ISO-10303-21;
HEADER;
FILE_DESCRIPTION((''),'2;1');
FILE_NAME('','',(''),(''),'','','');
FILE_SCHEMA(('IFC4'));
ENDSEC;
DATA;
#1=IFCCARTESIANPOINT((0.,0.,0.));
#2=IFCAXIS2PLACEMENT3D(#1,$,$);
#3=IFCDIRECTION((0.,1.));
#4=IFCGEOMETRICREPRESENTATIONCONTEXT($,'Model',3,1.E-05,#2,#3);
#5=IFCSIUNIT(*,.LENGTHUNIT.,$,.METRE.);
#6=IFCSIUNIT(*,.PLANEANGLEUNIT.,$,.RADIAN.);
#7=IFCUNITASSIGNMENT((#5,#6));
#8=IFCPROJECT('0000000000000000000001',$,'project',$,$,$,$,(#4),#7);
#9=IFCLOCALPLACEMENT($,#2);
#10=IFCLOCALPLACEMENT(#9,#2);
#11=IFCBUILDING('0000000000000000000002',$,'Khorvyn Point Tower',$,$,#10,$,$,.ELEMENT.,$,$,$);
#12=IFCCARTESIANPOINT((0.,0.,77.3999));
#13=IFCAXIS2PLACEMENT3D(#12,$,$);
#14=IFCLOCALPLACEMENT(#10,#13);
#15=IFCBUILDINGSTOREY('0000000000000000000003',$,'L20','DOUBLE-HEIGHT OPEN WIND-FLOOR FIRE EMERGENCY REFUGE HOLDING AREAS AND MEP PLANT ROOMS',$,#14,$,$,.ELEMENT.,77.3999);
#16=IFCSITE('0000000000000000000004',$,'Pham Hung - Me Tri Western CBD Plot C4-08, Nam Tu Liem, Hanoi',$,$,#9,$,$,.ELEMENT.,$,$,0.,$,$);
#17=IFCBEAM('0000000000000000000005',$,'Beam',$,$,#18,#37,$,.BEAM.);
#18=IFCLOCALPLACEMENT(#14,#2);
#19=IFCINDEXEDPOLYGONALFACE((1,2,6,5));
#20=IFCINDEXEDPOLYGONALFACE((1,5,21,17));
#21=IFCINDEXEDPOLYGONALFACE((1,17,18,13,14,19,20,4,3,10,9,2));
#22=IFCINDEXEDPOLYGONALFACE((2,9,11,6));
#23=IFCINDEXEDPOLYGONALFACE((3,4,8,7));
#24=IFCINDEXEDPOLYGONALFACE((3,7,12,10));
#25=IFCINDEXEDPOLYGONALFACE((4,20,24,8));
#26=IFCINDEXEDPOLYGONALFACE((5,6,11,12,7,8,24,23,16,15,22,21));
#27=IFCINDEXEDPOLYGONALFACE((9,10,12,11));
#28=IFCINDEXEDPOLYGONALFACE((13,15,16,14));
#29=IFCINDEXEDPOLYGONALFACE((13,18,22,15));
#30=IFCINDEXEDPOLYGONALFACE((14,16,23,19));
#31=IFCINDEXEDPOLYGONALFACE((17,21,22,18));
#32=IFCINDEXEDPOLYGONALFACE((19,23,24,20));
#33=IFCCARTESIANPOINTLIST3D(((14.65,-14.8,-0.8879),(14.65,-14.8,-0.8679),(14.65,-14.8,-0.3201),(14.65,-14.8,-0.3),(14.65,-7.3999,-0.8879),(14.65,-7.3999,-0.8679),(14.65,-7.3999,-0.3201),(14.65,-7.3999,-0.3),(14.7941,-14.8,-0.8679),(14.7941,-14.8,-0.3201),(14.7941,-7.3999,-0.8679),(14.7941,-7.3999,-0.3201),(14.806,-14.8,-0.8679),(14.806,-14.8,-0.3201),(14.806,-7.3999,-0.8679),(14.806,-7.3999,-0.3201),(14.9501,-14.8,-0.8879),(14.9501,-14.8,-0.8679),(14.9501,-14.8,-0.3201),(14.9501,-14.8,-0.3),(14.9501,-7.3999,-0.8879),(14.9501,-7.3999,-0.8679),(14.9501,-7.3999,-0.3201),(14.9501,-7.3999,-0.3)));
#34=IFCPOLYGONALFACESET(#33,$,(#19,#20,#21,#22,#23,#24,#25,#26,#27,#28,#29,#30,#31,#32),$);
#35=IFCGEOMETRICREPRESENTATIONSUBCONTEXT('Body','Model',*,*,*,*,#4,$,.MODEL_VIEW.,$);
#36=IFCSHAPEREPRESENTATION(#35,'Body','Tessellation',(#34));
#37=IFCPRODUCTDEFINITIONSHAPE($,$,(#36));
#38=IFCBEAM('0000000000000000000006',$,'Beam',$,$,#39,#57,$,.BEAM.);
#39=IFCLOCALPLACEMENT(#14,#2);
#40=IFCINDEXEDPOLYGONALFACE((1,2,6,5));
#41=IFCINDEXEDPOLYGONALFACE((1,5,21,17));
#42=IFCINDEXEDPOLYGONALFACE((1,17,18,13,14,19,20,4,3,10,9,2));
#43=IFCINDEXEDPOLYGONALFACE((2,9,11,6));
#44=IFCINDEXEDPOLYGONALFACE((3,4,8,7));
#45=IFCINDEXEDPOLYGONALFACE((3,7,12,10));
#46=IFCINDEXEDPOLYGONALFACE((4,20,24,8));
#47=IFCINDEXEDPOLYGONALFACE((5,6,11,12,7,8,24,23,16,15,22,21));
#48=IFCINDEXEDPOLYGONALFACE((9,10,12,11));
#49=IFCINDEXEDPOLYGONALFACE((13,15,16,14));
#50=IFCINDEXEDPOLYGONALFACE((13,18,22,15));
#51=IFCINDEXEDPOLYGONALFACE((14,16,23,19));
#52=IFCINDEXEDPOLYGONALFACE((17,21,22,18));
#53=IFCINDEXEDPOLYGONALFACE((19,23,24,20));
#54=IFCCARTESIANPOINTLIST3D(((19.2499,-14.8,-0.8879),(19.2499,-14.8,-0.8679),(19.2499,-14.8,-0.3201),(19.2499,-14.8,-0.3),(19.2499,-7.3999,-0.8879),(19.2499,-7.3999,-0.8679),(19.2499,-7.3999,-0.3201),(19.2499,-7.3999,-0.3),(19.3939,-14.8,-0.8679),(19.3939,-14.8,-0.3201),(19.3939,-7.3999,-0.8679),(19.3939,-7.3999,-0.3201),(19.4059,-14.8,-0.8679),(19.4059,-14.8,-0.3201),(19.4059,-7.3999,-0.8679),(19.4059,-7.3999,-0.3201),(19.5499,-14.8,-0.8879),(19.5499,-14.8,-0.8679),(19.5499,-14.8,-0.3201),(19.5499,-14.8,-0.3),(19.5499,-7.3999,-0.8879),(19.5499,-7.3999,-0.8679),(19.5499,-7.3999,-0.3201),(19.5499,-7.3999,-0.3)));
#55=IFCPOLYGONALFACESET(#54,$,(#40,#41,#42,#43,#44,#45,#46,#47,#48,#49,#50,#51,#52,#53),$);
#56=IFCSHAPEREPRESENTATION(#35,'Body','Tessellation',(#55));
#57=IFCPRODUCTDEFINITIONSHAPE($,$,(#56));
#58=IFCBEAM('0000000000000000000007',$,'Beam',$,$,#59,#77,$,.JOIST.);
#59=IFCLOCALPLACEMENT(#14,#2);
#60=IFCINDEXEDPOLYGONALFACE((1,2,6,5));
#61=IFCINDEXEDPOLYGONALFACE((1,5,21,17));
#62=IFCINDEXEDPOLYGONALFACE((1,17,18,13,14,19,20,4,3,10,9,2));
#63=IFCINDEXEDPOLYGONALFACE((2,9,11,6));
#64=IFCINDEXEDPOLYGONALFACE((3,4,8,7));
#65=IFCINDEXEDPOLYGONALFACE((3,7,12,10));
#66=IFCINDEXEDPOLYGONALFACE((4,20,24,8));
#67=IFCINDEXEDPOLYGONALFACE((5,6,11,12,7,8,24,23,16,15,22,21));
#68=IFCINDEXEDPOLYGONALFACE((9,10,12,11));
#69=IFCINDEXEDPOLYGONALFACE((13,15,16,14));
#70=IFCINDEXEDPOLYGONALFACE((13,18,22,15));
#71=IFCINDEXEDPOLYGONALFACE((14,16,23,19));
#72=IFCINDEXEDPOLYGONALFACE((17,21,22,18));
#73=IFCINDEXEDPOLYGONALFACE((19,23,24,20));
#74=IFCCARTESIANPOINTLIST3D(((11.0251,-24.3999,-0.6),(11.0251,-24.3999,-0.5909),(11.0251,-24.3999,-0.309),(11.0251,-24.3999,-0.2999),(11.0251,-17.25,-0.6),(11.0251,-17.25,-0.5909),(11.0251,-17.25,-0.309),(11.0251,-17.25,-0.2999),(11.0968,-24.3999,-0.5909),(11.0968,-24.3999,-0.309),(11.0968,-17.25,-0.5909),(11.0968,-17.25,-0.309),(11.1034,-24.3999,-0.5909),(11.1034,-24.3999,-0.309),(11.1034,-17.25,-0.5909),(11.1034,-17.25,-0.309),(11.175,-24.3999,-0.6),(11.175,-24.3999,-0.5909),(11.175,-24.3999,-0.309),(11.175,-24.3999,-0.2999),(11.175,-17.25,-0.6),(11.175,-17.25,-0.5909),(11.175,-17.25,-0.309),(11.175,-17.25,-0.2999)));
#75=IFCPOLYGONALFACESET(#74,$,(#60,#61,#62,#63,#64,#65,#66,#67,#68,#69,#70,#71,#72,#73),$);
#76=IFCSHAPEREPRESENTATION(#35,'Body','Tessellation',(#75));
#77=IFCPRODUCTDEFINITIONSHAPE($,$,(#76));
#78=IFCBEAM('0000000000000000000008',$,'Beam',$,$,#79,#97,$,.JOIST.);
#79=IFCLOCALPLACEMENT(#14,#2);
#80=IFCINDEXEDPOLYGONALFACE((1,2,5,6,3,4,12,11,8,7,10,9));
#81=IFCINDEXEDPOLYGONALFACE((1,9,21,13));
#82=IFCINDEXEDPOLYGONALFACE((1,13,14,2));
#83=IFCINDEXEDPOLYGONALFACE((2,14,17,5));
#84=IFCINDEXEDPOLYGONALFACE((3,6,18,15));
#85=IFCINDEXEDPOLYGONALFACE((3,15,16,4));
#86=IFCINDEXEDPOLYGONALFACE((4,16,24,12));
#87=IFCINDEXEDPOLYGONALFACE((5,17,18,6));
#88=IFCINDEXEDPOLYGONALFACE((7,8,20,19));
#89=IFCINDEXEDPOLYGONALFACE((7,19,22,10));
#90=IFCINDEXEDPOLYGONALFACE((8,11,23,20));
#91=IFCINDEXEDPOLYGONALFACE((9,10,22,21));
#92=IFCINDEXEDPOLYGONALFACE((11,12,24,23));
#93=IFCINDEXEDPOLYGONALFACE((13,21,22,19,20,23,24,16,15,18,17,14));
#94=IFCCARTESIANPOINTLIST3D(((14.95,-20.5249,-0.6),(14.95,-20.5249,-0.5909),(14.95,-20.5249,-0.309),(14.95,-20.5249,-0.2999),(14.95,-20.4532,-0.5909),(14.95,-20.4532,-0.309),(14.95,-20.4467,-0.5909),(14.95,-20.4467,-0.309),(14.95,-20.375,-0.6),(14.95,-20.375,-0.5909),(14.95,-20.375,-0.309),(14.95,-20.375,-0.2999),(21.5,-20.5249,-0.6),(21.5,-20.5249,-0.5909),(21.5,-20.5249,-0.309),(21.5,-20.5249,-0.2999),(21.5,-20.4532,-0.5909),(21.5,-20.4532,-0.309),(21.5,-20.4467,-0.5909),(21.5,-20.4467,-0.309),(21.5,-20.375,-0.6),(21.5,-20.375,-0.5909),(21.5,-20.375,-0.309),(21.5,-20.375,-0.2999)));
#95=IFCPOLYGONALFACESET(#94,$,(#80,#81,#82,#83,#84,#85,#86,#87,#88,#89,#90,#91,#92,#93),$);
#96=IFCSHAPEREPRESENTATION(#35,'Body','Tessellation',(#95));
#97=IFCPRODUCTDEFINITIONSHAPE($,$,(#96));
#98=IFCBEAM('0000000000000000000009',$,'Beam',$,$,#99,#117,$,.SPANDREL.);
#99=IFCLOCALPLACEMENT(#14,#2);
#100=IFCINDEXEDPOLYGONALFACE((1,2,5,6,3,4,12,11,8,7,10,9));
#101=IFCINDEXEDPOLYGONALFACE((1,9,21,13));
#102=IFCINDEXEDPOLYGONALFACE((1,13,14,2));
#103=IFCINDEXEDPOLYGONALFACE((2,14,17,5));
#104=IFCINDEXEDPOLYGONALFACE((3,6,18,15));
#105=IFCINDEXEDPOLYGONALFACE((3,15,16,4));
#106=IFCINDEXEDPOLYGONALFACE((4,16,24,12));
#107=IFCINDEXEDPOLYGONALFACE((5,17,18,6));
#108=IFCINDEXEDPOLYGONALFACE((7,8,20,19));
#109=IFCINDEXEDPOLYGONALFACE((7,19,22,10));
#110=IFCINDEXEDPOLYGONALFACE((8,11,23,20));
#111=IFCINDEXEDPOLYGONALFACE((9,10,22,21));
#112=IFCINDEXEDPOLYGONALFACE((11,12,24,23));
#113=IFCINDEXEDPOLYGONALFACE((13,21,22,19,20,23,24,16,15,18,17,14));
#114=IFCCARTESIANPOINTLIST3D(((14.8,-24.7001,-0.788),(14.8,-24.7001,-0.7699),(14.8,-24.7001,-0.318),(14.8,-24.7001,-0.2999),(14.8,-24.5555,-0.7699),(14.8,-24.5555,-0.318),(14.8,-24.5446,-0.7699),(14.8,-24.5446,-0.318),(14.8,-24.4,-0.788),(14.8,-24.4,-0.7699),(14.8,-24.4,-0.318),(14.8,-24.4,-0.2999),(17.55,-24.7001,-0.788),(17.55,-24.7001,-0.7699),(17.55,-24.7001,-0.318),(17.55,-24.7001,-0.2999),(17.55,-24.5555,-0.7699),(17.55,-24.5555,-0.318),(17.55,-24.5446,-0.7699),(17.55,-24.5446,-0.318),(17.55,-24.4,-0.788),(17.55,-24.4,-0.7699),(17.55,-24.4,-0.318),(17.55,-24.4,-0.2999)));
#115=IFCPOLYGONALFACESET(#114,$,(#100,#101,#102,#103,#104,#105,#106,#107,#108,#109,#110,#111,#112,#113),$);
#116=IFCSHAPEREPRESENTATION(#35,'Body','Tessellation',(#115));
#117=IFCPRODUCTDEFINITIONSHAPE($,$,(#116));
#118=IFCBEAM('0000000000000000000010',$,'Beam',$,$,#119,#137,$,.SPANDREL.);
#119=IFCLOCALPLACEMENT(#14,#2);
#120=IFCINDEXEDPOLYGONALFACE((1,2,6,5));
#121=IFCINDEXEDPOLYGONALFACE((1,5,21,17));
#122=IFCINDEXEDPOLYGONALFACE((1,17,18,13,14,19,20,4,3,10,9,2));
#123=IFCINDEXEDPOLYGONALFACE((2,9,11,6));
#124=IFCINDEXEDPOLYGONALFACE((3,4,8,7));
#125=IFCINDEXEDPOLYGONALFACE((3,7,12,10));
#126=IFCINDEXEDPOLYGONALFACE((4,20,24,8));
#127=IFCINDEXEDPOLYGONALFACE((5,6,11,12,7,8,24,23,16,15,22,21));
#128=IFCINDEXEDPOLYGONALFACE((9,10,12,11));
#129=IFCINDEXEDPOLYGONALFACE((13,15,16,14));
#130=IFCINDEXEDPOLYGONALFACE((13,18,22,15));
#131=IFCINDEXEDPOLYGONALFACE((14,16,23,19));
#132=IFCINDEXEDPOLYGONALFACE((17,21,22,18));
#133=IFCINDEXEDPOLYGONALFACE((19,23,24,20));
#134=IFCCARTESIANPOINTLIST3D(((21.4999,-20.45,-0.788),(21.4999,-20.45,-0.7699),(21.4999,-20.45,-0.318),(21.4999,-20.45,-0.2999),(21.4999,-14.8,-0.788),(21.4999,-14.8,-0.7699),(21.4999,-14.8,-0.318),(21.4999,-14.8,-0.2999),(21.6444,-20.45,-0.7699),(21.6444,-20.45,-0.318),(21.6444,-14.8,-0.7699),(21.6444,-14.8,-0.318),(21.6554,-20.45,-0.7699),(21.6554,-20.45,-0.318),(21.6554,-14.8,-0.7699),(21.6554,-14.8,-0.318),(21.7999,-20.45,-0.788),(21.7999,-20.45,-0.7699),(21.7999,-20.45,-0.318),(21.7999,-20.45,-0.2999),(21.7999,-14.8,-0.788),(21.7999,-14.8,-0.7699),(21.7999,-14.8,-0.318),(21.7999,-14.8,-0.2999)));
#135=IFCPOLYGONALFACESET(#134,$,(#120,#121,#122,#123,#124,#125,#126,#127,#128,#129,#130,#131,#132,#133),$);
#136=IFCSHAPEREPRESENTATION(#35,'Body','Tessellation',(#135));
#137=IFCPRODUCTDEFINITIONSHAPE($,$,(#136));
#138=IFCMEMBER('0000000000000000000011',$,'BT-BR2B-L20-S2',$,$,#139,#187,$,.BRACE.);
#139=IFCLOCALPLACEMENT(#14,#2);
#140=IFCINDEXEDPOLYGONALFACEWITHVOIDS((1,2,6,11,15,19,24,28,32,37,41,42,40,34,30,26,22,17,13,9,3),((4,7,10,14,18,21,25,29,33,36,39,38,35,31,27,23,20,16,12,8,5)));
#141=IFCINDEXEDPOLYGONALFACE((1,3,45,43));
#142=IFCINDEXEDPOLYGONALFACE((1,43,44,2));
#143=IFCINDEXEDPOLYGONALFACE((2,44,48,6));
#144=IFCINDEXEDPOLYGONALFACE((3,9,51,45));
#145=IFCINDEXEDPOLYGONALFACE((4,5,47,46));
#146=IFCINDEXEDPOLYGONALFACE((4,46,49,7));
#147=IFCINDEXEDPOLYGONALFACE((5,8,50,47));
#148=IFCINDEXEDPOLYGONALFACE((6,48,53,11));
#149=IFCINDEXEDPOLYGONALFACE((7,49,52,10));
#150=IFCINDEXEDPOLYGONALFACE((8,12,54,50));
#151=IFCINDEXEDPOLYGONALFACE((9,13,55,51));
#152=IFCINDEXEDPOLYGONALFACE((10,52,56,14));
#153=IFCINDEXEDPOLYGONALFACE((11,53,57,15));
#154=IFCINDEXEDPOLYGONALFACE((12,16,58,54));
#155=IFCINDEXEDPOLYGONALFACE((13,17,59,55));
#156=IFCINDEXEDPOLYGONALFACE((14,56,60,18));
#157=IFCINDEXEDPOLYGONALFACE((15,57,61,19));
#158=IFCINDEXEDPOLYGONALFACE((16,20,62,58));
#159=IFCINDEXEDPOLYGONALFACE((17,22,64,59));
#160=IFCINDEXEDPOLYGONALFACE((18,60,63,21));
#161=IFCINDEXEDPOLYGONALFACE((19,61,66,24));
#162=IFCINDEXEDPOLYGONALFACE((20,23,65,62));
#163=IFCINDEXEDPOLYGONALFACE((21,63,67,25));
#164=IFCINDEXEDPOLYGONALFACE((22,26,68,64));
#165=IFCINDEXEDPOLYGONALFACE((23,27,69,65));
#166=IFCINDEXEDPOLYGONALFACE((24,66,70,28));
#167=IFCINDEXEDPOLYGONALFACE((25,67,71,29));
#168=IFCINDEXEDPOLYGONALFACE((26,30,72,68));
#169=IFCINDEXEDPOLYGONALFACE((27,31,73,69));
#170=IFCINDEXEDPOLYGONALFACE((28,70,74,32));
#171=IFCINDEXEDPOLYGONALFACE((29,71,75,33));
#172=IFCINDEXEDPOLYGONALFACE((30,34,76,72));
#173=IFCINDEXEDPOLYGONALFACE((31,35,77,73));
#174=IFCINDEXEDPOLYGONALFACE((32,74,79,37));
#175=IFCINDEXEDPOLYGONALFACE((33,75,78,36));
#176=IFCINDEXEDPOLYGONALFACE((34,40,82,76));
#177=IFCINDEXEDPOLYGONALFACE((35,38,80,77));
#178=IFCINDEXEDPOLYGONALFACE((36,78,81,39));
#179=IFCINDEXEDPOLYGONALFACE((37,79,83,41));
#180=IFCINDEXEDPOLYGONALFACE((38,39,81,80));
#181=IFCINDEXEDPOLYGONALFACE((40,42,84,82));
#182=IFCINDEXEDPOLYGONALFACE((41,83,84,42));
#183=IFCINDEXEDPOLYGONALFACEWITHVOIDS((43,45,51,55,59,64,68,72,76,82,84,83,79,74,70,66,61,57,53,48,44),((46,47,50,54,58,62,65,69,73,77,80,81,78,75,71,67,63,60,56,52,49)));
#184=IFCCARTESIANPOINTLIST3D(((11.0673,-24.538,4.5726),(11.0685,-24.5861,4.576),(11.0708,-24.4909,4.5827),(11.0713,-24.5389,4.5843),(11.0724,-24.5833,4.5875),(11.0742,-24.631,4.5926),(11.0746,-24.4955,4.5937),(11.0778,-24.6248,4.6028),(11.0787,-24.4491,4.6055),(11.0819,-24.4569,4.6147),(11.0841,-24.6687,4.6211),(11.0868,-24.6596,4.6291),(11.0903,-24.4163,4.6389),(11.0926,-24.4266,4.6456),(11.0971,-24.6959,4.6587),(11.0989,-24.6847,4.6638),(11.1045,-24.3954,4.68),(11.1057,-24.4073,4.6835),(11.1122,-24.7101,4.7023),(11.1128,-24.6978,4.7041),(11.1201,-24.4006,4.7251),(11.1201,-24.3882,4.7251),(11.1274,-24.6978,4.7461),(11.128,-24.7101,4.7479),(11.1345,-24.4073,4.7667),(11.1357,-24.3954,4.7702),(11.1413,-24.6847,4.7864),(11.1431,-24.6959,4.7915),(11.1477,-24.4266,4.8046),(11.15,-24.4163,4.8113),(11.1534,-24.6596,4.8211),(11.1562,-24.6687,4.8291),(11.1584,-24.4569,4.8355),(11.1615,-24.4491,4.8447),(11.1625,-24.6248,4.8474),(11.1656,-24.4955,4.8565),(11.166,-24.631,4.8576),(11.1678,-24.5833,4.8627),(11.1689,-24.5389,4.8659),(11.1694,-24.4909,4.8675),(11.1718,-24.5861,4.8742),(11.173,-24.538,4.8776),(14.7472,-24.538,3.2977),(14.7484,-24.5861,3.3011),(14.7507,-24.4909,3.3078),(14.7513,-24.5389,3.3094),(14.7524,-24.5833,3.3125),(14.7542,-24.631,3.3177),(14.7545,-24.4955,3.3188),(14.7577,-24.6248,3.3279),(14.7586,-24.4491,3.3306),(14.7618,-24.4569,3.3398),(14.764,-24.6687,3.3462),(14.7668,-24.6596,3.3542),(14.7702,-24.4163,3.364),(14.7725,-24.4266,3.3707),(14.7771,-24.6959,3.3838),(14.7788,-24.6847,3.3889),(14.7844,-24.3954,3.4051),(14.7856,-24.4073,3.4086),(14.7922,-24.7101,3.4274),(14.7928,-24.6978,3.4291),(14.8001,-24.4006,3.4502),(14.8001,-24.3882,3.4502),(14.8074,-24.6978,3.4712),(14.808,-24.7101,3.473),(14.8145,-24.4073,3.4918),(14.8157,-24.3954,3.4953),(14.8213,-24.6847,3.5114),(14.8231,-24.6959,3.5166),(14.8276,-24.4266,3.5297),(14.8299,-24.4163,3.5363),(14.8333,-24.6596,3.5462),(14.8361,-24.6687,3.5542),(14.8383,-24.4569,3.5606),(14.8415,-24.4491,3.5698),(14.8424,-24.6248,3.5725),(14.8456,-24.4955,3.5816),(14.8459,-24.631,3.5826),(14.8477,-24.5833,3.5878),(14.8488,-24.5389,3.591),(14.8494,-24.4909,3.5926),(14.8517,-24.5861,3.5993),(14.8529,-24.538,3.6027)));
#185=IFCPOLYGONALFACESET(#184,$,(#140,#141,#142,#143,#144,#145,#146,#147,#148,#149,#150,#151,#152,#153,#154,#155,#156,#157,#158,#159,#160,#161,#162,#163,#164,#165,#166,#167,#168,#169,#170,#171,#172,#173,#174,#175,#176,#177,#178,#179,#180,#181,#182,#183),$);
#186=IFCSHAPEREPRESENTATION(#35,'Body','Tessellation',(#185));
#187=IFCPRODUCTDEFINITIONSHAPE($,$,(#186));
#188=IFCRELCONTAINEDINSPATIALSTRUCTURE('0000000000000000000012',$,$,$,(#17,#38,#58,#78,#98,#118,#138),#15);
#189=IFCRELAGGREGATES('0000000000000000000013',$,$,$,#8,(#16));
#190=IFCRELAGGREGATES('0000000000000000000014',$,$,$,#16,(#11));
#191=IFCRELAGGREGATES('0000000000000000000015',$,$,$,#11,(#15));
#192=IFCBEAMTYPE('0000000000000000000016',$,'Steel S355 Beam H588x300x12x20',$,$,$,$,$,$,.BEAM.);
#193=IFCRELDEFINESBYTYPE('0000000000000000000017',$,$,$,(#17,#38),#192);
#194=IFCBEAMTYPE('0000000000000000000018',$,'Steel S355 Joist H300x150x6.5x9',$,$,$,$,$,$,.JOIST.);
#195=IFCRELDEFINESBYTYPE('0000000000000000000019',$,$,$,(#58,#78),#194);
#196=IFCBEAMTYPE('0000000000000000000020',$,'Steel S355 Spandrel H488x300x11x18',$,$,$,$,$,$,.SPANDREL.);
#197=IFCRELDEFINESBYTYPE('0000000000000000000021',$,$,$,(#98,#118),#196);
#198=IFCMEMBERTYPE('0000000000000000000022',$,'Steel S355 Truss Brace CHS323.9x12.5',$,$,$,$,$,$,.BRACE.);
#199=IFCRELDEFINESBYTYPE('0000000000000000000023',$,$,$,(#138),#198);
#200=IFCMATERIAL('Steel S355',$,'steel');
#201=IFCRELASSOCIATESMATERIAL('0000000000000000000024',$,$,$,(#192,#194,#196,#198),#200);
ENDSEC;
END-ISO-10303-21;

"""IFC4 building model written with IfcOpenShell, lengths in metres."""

from ifc_helpers import new_model, si_unit, direction, frame, origin, origin_2d, place, context, subcontext, project, spatial, hollow_circle, i_section, extrude, material, material_profile, profile_set, type_object, element, save


model = new_model("IFC4")

# Units and contexts
model_context = context("Model", 3, precision=1e-05, world=origin(), true_north=direction((0.0, 1.0)))
body_context = subcontext(model_context, "Body", "Model", "MODEL_VIEW")
ifc_project = project(units=[si_unit("LENGTHUNIT", "METRE"), si_unit("PLANEANGLEUNIT", "RADIAN")], contexts=[model_context])

# Site, building, storey
site_placement = place(None, origin())
site = spatial("IfcSite", under=ifc_project, at=site_placement, Name="Pham Hung - Me Tri Western CBD Plot C4-08, Nam Tu Liem, Hanoi", CompositionType="ELEMENT", RefElevation=0.0)
building_placement = place(site_placement, origin())
building = spatial("IfcBuilding", under=site, at=building_placement, Name="Khorvyn Point Tower", CompositionType="ELEMENT")
storey_placement = place(building_placement, frame((0.0, 0.0, 77.3999)))
storey = spatial("IfcBuildingStorey", under=building, at=storey_placement, Name="L20", Description="DOUBLE-HEIGHT OPEN WIND-FLOOR FIRE EMERGENCY REFUGE HOLDING AREAS AND MEP PLANT ROOMS", CompositionType="ELEMENT", Elevation=77.3999)

# Beams
ifc_material_1 = material(Name="Steel S355", Category="steel")
ifc_material_profile_1 = material_profile(ifc_material_1, i_section(OverallWidth=0.3, OverallDepth=0.5879, WebThickness=0.012, FlangeThickness=0.02, at=origin_2d()))
ifc_profile_set_1 = profile_set([ifc_material_profile_1], Name="Steel S355 H588x300x12x20")
beam_type_1 = type_object("IfcBeamType", Name="Steel S355 Beam H588x300x12x20", PredefinedType="BEAM", material=ifc_profile_set_1)
for number, where, z_axis, x_axis, name in (
    (1, (14.8, -14.8, -0.594), (0.0, 1.0, 0.0), (-1.0, 0.0, 0.0), "Beam"),
    (2, (19.3999, -14.8, -0.594), (0.0, 1.0, 0.0), (-1.0, 0.0, 0.0), "Beam"),
):
    element("IfcBeam", number, at=place(storey_placement, frame(where, z_axis=z_axis, x_axis=x_axis)), inside=storey, type_object=beam_type_1, Name=name, PredefinedType="BEAM", context=body_context, shape_type="SweptSolid", body=[
        extrude(i_section(OverallWidth=0.3, OverallDepth=0.5879, WebThickness=0.012, FlangeThickness=0.02, at=origin_2d()), origin(), (0.0, 0.0, 1.0), 7.4001),
    ])
ifc_material_profile_2 = material_profile(ifc_material_1, i_section(OverallWidth=0.1499, OverallDepth=0.3, WebThickness=0.0066, FlangeThickness=0.009, at=origin_2d()))
ifc_profile_set_2 = profile_set([ifc_material_profile_2], Name="Steel S355 H300x150x6.5x9")
beam_type_2 = type_object("IfcBeamType", Name="Steel S355 Joist H300x150x6.5x9", PredefinedType="JOIST", material=ifc_profile_set_2)
beam_1_placement = place(storey_placement, frame((11.1001, -24.3999, -0.45), z_axis=(0.0, 1.0, 0.0), x_axis=(-1.0, 0.0, 0.0)))
element("IfcBeam", 3, at=beam_1_placement, inside=storey, type_object=beam_type_2, Name="Beam", PredefinedType="JOIST", context=body_context, shape_type="SweptSolid", body=[
    extrude(i_section(OverallWidth=0.1499, OverallDepth=0.3, WebThickness=0.0066, FlangeThickness=0.009, at=origin_2d()), origin(), (0.0, 0.0, 1.0), 7.1499),
])
beam_2_placement = place(storey_placement, frame((14.95, -20.45, -0.45), z_axis=(1.0, 0.0, 0.0), x_axis=(0.0, 1.0, 0.0)))
element("IfcBeam", 4, at=beam_2_placement, inside=storey, type_object=beam_type_2, Name="Beam", PredefinedType="JOIST", context=body_context, shape_type="SweptSolid", body=[
    extrude(i_section(OverallWidth=0.1499, OverallDepth=0.3, WebThickness=0.0066, FlangeThickness=0.009, at=origin_2d()), origin(), (0.0, 0.0, 1.0), 6.55),
])
ifc_material_profile_3 = material_profile(ifc_material_1, i_section(OverallWidth=0.3, OverallDepth=0.488, WebThickness=0.011, FlangeThickness=0.0181, at=origin_2d()))
ifc_profile_set_3 = profile_set([ifc_material_profile_3], Name="Steel S355 H488x300x11x18")
beam_type_3 = type_object("IfcBeamType", Name="Steel S355 Spandrel H488x300x11x18", PredefinedType="SPANDREL", material=ifc_profile_set_3)
beam_3_placement = place(storey_placement, frame((14.8, -24.55, -0.5439), z_axis=(1.0, 0.0, 0.0), x_axis=(0.0, 1.0, 0.0)))
element("IfcBeam", 5, at=beam_3_placement, inside=storey, type_object=beam_type_3, Name="Beam", PredefinedType="SPANDREL", context=body_context, shape_type="SweptSolid", body=[
    extrude(i_section(OverallWidth=0.3, OverallDepth=0.488, WebThickness=0.011, FlangeThickness=0.0181, at=origin_2d()), origin(), (0.0, 0.0, 1.0), 2.75),
])
beam_4_placement = place(storey_placement, frame((21.6499, -20.45, -0.5439), z_axis=(0.0, 1.0, 0.0), x_axis=(-1.0, 0.0, 0.0)))
element("IfcBeam", 6, at=beam_4_placement, inside=storey, type_object=beam_type_3, Name="Beam", PredefinedType="SPANDREL", context=body_context, shape_type="SweptSolid", body=[
    extrude(i_section(OverallWidth=0.3, OverallDepth=0.488, WebThickness=0.011, FlangeThickness=0.0181, at=origin_2d()), origin(), (0.0, 0.0, 1.0), 5.6499),
])

# Member
ifc_material_profile_4 = material_profile(ifc_material_1, hollow_circle(Radius=0.1619, WallThickness=0.0125, at=origin_2d()))
ifc_profile_set_4 = profile_set([ifc_material_profile_4], Name="Steel S355 CHS323.9x12.5")
member_type = type_object("IfcMemberType", Name="Steel S355 Truss Brace CHS323.9x12.5", PredefinedType="BRACE", material=ifc_profile_set_4)
member_placement = place(storey_placement, frame((11.1201, -24.55, 4.7251), z_axis=(0.9449, 0.0, -0.327358), x_axis=(0.0, 1.0, 0.0)))
element("IfcMember", 7, at=member_placement, inside=storey, type_object=member_type, Name="BT-BR2B-L20-S2", PredefinedType="BRACE", context=body_context, shape_type="SweptSolid", body=[
    extrude(hollow_circle(Radius=0.1619, WallThickness=0.0125, at=origin_2d()), origin(), (0.0, 0.0, 1.0), 3.8945),
])

save(model, "model.ifc")
